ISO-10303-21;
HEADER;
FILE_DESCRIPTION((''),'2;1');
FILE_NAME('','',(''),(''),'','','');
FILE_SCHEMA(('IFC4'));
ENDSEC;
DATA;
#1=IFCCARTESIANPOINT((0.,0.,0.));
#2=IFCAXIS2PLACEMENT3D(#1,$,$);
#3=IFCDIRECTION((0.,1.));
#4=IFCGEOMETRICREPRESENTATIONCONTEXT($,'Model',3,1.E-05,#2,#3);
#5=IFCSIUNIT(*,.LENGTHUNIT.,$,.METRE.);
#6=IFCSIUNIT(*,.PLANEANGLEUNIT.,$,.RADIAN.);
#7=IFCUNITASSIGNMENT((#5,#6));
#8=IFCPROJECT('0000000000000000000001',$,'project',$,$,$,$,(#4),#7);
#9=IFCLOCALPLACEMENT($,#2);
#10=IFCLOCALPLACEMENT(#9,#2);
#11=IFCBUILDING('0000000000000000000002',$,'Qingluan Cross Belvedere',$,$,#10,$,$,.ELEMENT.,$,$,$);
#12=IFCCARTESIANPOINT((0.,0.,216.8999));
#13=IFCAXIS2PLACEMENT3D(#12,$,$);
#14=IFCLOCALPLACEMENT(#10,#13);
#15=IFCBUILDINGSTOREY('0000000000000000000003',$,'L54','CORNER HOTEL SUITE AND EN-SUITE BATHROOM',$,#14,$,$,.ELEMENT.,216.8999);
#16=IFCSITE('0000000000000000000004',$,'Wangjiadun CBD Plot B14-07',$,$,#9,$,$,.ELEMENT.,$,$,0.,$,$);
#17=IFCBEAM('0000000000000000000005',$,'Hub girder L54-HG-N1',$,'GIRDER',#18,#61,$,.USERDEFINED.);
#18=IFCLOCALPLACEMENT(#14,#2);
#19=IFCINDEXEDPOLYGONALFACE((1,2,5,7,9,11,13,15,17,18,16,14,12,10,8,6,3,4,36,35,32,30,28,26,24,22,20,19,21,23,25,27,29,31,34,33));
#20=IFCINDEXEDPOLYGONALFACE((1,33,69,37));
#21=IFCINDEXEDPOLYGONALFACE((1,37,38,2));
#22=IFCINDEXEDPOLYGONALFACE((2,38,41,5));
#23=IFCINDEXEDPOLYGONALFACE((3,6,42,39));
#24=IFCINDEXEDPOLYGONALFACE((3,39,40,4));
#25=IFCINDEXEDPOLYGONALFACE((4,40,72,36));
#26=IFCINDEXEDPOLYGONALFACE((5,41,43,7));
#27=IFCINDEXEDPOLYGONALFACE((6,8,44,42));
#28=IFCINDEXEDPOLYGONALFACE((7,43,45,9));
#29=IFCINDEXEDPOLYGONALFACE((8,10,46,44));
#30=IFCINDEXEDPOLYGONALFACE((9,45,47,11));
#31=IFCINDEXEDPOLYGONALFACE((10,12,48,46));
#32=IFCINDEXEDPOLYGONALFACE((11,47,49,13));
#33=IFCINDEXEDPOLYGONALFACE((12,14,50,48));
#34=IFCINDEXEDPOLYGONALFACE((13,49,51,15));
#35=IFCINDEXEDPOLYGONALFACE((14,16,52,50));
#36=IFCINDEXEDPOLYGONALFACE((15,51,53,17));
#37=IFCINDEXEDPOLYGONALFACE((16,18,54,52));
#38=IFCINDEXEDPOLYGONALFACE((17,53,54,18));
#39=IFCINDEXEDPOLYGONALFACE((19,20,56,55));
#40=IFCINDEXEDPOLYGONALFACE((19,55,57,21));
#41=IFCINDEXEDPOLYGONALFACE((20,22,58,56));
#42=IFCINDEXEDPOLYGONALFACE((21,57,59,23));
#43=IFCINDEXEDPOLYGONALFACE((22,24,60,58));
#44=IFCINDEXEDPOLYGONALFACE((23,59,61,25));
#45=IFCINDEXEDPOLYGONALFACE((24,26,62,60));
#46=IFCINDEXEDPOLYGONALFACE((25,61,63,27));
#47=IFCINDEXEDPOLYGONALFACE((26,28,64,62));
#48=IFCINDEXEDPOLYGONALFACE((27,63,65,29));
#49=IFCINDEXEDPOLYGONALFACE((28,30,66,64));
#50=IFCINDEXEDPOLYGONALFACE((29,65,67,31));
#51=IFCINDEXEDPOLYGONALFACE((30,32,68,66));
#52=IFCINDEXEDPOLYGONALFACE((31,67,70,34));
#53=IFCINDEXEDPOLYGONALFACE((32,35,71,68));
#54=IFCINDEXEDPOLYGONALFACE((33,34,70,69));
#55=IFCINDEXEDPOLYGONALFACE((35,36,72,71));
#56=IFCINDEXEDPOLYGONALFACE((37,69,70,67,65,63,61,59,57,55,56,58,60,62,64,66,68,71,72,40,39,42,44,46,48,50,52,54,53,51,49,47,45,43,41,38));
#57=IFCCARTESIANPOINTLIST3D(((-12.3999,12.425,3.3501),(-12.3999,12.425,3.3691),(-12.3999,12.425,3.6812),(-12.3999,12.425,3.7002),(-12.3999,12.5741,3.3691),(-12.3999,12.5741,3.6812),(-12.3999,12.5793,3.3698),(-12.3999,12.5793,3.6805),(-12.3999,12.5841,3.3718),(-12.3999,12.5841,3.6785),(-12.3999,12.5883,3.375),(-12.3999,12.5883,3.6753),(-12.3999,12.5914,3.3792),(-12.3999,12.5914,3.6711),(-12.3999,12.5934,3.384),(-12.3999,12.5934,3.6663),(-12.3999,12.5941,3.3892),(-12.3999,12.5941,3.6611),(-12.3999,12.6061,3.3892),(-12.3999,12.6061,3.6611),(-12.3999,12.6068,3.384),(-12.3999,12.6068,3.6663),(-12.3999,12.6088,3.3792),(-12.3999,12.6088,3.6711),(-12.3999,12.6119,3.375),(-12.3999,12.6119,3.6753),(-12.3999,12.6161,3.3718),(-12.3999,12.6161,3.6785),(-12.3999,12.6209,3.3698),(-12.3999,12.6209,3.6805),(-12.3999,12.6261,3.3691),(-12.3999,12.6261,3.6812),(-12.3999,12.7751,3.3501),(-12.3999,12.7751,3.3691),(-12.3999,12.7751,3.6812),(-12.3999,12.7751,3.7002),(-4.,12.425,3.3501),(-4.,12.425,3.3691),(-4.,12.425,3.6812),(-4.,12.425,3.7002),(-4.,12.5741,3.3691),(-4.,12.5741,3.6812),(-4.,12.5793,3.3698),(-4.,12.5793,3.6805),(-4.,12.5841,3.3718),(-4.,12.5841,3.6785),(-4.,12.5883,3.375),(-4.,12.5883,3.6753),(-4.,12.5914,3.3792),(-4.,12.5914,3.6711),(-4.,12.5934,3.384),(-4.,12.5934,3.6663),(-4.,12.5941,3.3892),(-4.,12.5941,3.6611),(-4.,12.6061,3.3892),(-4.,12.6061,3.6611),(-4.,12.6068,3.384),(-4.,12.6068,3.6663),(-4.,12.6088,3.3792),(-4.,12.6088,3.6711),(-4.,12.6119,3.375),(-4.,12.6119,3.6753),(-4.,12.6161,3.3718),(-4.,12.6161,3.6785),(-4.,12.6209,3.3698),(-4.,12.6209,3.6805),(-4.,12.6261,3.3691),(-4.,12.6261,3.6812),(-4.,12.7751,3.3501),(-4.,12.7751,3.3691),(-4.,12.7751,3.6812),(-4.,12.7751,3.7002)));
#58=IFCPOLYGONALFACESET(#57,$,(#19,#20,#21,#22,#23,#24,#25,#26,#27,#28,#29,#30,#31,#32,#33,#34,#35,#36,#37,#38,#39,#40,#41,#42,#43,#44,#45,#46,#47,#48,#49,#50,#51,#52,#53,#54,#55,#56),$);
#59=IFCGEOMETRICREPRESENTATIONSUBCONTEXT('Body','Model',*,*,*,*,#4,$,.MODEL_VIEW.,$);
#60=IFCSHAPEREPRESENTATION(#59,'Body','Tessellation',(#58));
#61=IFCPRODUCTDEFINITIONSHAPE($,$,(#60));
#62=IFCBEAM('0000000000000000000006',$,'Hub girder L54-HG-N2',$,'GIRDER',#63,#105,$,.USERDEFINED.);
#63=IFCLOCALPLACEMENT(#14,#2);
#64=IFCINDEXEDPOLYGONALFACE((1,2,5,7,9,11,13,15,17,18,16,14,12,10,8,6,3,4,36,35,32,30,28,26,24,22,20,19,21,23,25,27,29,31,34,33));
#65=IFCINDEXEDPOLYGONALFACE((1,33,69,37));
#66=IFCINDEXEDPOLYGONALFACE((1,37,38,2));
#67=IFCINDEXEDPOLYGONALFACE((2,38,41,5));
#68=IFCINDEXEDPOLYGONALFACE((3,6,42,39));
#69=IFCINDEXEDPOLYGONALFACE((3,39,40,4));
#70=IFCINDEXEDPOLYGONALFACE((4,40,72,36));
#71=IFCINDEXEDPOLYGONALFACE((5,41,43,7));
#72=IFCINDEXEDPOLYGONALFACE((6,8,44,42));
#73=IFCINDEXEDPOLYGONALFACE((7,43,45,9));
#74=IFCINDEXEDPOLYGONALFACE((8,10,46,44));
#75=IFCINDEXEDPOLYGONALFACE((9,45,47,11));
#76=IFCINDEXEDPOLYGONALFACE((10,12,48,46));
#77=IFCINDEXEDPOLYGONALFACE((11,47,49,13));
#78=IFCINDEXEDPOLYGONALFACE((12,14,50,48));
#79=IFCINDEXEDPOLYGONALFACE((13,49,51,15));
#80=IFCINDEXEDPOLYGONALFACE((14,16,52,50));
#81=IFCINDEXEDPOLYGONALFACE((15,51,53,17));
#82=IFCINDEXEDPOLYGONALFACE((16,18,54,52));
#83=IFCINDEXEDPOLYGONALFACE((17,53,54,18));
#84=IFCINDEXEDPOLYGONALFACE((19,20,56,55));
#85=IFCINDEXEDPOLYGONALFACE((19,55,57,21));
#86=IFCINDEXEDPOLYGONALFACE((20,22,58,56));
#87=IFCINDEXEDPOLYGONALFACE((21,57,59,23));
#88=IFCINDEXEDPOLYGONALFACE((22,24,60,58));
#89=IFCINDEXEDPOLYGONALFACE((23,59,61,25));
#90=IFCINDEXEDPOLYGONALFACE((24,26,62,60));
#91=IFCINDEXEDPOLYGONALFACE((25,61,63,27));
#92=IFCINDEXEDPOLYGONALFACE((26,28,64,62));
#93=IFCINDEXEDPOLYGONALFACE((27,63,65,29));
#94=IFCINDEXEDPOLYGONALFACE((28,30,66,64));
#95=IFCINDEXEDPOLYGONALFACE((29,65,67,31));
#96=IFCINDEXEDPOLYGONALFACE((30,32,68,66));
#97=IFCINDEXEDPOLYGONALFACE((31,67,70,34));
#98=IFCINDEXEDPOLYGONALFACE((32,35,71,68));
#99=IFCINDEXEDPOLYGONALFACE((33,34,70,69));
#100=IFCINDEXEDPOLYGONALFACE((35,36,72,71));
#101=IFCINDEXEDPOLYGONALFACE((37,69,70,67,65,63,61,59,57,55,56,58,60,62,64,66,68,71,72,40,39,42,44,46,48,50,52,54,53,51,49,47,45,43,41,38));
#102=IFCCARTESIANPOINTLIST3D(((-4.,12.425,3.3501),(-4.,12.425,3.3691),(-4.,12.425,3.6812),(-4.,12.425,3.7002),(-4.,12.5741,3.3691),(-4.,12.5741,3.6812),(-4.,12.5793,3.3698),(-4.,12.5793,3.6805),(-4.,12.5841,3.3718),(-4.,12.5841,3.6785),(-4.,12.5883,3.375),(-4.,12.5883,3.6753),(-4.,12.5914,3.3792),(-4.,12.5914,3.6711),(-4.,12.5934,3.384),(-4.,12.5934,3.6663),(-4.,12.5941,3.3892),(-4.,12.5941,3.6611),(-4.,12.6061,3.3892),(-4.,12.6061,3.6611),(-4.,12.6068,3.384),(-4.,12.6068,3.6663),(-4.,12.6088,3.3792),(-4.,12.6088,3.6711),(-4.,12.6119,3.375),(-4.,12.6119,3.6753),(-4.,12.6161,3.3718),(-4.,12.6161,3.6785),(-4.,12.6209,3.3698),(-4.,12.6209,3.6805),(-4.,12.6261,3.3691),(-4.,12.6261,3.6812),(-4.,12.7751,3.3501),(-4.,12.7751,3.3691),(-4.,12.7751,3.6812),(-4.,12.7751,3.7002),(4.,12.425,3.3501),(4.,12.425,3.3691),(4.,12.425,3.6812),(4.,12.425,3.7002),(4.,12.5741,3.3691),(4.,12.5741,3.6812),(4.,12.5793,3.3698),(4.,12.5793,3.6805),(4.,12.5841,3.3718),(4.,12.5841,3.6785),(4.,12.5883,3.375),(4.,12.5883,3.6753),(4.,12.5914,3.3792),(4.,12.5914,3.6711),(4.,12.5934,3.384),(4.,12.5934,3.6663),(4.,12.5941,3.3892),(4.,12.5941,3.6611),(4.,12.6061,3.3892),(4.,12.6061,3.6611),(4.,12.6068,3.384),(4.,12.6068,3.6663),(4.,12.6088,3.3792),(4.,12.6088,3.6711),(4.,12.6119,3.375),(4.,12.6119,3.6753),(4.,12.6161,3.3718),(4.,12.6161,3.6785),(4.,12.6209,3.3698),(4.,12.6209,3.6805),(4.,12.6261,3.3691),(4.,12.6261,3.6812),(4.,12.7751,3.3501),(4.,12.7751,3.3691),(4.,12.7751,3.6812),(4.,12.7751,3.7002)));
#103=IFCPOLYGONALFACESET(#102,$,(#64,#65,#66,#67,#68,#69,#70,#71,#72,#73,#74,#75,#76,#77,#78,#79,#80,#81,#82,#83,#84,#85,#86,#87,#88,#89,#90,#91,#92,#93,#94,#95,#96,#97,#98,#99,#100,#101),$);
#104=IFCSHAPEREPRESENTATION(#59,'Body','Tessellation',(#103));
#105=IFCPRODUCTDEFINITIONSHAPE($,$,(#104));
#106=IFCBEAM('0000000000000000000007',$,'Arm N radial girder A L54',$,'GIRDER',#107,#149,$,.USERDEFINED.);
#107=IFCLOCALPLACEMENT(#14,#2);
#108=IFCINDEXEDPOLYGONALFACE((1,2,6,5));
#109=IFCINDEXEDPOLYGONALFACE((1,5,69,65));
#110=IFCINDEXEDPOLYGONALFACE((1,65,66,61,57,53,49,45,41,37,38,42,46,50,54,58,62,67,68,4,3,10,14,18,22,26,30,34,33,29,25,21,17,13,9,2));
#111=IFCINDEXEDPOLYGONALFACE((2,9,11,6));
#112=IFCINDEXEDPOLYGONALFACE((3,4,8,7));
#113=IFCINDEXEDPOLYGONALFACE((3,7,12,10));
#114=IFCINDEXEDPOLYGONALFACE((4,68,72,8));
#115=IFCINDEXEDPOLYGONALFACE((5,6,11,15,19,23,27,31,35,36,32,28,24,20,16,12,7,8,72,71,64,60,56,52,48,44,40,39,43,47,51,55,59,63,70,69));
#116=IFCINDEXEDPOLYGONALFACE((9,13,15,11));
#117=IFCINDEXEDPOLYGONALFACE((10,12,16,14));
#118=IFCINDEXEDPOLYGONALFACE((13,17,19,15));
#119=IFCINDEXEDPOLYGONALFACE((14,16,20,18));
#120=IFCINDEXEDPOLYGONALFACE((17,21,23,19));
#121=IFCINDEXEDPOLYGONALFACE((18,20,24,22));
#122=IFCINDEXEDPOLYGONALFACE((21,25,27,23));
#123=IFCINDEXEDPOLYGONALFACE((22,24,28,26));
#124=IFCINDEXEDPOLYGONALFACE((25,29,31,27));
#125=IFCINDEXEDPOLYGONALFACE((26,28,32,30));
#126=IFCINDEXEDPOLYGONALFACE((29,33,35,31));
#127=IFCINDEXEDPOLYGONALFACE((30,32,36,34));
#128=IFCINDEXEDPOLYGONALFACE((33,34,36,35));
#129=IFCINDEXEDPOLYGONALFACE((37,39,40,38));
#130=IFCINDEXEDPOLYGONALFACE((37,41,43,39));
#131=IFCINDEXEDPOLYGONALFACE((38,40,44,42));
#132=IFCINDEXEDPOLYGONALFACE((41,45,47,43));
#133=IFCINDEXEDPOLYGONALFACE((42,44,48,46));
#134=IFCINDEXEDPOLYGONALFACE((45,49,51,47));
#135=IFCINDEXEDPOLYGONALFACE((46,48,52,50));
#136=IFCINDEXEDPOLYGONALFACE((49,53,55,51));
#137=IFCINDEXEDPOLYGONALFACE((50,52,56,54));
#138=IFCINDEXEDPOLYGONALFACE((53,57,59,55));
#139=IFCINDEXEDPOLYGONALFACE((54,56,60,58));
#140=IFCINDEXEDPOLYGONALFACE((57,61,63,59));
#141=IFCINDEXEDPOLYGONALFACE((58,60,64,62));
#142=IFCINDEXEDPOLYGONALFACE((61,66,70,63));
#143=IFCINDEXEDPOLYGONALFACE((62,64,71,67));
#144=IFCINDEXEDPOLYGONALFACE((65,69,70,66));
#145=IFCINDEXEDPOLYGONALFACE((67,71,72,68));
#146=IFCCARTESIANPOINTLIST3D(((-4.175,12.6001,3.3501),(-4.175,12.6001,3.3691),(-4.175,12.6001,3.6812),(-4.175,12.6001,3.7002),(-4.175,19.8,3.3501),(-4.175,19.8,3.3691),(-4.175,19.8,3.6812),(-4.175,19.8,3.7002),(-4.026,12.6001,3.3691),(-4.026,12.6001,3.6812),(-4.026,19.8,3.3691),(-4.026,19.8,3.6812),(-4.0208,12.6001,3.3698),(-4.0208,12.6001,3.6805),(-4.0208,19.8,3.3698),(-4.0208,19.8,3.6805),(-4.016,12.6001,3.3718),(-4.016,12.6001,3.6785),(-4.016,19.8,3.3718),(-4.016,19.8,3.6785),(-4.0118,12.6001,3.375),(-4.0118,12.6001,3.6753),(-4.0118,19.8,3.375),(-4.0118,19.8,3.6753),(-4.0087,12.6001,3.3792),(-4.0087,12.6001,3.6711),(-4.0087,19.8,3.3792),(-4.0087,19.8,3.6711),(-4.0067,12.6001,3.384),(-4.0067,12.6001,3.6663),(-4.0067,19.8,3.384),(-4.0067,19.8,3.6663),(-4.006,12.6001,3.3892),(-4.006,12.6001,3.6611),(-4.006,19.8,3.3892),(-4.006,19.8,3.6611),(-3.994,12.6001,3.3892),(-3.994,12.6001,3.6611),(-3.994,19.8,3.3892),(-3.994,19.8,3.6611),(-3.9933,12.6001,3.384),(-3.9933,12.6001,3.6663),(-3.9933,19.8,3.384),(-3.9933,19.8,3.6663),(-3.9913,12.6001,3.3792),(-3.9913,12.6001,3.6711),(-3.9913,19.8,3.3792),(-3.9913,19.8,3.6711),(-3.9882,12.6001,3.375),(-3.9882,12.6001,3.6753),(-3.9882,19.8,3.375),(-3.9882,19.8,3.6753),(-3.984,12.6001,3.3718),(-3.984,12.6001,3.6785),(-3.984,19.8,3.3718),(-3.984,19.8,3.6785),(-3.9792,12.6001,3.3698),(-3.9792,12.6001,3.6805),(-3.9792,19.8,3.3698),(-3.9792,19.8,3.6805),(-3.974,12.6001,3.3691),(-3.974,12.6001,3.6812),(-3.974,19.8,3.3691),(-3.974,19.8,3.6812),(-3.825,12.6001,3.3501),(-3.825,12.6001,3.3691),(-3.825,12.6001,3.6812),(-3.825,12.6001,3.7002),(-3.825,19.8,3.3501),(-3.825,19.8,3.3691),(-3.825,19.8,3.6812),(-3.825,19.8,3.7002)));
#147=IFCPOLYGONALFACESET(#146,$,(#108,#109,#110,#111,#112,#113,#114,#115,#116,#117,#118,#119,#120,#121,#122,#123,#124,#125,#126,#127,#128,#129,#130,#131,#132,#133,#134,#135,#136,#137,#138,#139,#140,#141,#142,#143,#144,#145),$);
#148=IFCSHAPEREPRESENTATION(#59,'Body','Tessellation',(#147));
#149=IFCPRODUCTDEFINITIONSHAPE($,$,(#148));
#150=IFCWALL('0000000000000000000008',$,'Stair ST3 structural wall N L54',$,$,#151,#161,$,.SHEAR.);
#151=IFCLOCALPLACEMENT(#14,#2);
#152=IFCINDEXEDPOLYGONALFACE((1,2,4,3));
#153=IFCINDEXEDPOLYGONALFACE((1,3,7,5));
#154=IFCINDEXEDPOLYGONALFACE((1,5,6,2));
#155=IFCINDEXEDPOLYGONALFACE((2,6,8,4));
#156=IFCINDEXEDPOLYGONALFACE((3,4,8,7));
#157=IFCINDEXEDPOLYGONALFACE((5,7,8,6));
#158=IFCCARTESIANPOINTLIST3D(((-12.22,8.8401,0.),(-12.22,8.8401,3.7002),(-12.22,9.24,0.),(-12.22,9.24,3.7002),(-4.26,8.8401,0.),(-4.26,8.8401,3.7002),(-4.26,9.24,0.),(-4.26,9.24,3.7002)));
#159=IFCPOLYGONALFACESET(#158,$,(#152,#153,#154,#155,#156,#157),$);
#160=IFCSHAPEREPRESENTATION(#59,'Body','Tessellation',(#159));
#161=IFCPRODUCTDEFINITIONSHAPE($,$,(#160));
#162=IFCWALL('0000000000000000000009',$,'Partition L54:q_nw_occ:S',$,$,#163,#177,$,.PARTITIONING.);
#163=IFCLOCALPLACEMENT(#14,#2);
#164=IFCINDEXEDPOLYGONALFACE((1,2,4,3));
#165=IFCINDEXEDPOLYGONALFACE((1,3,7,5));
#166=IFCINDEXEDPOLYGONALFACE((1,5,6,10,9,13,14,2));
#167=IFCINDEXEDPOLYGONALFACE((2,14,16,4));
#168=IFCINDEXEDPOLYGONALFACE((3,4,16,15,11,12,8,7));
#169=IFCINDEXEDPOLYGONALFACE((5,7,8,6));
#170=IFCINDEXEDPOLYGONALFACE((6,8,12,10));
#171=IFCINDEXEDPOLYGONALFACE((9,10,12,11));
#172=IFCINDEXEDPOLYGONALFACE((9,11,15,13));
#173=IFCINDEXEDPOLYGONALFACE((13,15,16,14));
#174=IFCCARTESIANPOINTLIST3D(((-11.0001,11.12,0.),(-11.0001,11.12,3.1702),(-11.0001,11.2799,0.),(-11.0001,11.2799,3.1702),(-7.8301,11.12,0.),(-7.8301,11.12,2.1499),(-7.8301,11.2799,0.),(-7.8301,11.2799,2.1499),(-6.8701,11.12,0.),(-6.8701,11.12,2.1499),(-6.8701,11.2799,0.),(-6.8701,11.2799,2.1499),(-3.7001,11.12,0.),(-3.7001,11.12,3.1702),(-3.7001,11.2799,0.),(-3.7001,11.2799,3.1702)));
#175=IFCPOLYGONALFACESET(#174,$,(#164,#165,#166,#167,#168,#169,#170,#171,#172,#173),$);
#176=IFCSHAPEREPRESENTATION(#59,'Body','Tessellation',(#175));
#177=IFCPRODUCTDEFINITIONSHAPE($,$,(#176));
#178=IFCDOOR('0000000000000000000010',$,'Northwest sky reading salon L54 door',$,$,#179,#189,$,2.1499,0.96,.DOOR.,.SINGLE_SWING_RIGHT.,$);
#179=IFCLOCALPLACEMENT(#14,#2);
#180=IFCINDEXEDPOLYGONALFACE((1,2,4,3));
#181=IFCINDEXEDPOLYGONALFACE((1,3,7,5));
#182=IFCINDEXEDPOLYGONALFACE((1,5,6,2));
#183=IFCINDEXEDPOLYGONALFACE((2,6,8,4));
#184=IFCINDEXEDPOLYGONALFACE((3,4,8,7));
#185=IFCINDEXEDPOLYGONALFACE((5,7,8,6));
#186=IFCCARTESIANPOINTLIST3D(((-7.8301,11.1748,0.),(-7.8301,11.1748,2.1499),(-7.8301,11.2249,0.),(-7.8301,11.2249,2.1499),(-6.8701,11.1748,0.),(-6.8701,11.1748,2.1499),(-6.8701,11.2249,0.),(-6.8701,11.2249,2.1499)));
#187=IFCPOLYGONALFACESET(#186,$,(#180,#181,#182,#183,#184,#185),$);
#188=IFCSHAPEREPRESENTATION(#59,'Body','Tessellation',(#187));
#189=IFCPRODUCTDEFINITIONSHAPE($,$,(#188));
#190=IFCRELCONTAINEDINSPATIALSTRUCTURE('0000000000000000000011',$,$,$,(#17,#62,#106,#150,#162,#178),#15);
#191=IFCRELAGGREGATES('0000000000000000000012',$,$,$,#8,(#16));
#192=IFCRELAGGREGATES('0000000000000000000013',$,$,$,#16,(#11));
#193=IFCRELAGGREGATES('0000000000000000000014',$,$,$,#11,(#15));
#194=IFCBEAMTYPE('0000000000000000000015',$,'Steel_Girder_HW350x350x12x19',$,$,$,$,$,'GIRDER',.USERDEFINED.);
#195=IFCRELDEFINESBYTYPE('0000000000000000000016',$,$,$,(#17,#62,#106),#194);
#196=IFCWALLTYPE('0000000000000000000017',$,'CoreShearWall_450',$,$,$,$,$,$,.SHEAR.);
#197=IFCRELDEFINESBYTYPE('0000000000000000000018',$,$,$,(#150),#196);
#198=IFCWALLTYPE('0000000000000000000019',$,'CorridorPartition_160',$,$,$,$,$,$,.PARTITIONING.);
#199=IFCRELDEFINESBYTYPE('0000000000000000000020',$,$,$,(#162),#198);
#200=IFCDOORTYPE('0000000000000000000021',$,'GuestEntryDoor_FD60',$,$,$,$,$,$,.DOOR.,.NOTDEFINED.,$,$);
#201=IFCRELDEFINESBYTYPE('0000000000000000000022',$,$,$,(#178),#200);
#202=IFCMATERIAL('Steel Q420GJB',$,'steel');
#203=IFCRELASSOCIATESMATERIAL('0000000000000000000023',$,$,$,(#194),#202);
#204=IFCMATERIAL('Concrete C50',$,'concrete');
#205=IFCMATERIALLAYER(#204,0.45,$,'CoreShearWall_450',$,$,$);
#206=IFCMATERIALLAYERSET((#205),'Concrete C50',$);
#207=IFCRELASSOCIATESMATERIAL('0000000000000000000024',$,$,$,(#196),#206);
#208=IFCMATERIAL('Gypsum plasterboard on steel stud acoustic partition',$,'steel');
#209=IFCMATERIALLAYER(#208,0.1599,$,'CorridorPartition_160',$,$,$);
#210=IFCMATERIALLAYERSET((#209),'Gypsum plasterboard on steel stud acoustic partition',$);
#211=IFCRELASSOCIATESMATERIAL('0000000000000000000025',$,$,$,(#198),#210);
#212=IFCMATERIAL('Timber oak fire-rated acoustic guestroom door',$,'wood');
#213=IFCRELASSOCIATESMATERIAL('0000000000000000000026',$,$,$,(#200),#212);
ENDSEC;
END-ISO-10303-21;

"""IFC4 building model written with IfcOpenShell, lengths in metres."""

from ifc_helpers import new_model, si_unit, direction, frame, frame_2d, origin, origin_2d, place, context, subcontext, project, spatial, rectangle, i_section, extrude, material, layer, layer_set, material_profile, profile_set, type_object, element, fill, save


model = new_model("IFC4")

# Units and contexts
model_context = context("Model", 3, precision=1e-05, world=origin(), true_north=direction((0.0, 1.0)))
body_context = subcontext(model_context, "Body", "Model", "MODEL_VIEW")
ifc_project = project(units=[si_unit("LENGTHUNIT", "METRE"), si_unit("PLANEANGLEUNIT", "RADIAN")], contexts=[model_context])

# Site, building, storey
site_placement = place(None, origin())
site = spatial("IfcSite", under=ifc_project, at=site_placement, Name="Wangjiadun CBD Plot B14-07", CompositionType="ELEMENT", RefElevation=0.0)
building_placement = place(site_placement, origin())
building = spatial("IfcBuilding", under=site, at=building_placement, Name="Qingluan Cross Belvedere", CompositionType="ELEMENT")
storey_placement = place(building_placement, frame((0.0, 0.0, 216.8999)))
storey = spatial("IfcBuildingStorey", under=building, at=storey_placement, Name="L54", Description="CORNER HOTEL SUITE AND EN-SUITE BATHROOM", CompositionType="ELEMENT", Elevation=216.8999)

# Beams
ifc_material_1 = material(Name="Steel Q420GJB", Category="steel")
ifc_material_profile_1 = material_profile(ifc_material_1, i_section(OverallWidth=0.3501, OverallDepth=0.3501, WebThickness=0.012, FlangeThickness=0.019, FilletRadius=0.02, at=origin_2d()), Name="HW350x350x12x19")
ifc_profile_set_1 = profile_set([ifc_material_profile_1], Name="Steel Q420GJB")
beam_type_1 = type_object("IfcBeamType", Name="Steel_Girder_HW350x350x12x19", ElementType="GIRDER", PredefinedType="USERDEFINED", material=ifc_profile_set_1)
beam_1_placement = place(storey_placement, frame((-12.3999, 12.6001, 3.5251), z_axis=(1.0, 0.0, 0.0), x_axis=(0.0, 1.0, 0.0)))
element("IfcBeam", 1, at=beam_1_placement, inside=storey, type_object=beam_type_1, Name="Hub girder L54-HG-N1", ObjectType="GIRDER", PredefinedType="USERDEFINED", context=body_context, shape_type="SweptSolid", body=[
    extrude(i_section(OverallWidth=0.3501, OverallDepth=0.3501, WebThickness=0.012, FlangeThickness=0.019, FilletRadius=0.02, at=origin_2d()), origin(), (0.0, 0.0, 1.0), 8.3999),
])
beam_2_placement = place(storey_placement, frame((-4.0, 12.6001, 3.5251), z_axis=(1.0, 0.0, 0.0), x_axis=(0.0, 1.0, 0.0)))
element("IfcBeam", 2, at=beam_2_placement, inside=storey, type_object=beam_type_1, Name="Hub girder L54-HG-N2", ObjectType="GIRDER", PredefinedType="USERDEFINED", context=body_context, shape_type="SweptSolid", body=[
    extrude(i_section(OverallWidth=0.3501, OverallDepth=0.3501, WebThickness=0.012, FlangeThickness=0.019, FilletRadius=0.02, at=origin_2d()), origin(), (0.0, 0.0, 1.0), 8.0),
])
beam_3_placement = place(storey_placement, frame((-4.0, 12.6001, 3.5251), z_axis=(0.0, 1.0, 0.0), x_axis=(-1.0, 0.0, 0.0)))
element("IfcBeam", 3, at=beam_3_placement, inside=storey, type_object=beam_type_1, Name="Arm N radial girder A L54", ObjectType="GIRDER", PredefinedType="USERDEFINED", context=body_context, shape_type="SweptSolid", body=[
    extrude(i_section(OverallWidth=0.3501, OverallDepth=0.3501, WebThickness=0.012, FlangeThickness=0.019, FilletRadius=0.02, at=origin_2d()), origin(), (0.0, 0.0, 1.0), 7.2),
])

# Wall
ifc_material_2 = material(Name="Concrete C50", Category="concrete")
ifc_layer_1 = layer(ifc_material_2, 0.45, Name="CoreShearWall_450")
ifc_layer_set_1 = layer_set([ifc_layer_1], Name="Concrete C50")
wall_type_1 = type_object("IfcWallType", Name="CoreShearWall_450", PredefinedType="SHEAR", material=ifc_layer_set_1)
wall_1_placement = place(storey_placement, frame((-12.22, 9.04, 0.0), z_axis=(0.0, 0.0, 1.0), x_axis=(1.0, 0.0, 0.0)))
element("IfcWall", 4, at=wall_1_placement, inside=storey, type_object=wall_type_1, Name="Stair ST3 structural wall N L54", PredefinedType="SHEAR", context=body_context, shape_type="SweptSolid", body=[
    extrude(rectangle(XDim=7.96, YDim=0.3999, at=frame_2d((3.98, 0.0))), origin(), (0.0, 0.0, 1.0), 3.7002),
])

# Wall, opening, door
ifc_material_3 = material(Name="Gypsum plasterboard on steel stud acoustic partition", Category="steel")
ifc_layer_2 = layer(ifc_material_3, 0.1599, Name="CorridorPartition_160")
ifc_layer_set_2 = layer_set([ifc_layer_2], Name="Gypsum plasterboard on steel stud acoustic partition")
wall_type_2 = type_object("IfcWallType", Name="CorridorPartition_160", PredefinedType="PARTITIONING", material=ifc_layer_set_2)
wall_2_placement = place(storey_placement, frame((-11.0, 11.2, 0.0), z_axis=(0.0, 0.0, 1.0), x_axis=(1.0, 0.0, 0.0)))
wall_2 = element("IfcWall", 5, at=wall_2_placement, inside=storey, type_object=wall_type_2, Name="Partition L54:q_nw_occ:S", PredefinedType="PARTITIONING", context=body_context, shape_type="SweptSolid", body=[
    extrude(rectangle(XDim=7.3, YDim=0.1599, at=frame_2d((3.6499, 0.0))), origin(), (0.0, 0.0, 1.0), 3.1702),
])
opening_placement = place(wall_2_placement, frame((3.1699, 0.0, 0.0)))
opening = element("IfcOpeningElement", 6, at=opening_placement, cuts=wall_2, PredefinedType="OPENING", context=body_context, shape_type="SweptSolid", body=[
    extrude(rectangle(XDim=0.96, YDim=2.1499, at=frame_2d((0.48, 1.075))), frame((0.0, 0.0898, 0.0), z_axis=(0.0, -1.0, 0.0), x_axis=(1.0, 0.0, 0.0)), (0.0, 0.0, 1.0), 0.1799),
])
ifc_material_4 = material(Name="Timber oak fire-rated acoustic guestroom door", Category="wood")
door_type = type_object("IfcDoorType", Name="GuestEntryDoor_FD60", OperationType="NOTDEFINED", PredefinedType="DOOR", material=ifc_material_4)
door_placement = place(opening_placement, origin())
door = element("IfcDoor", 7, at=door_placement, inside=storey, type_object=door_type, Name="Northwest sky reading salon L54 door", OperationType="SINGLE_SWING_RIGHT", OverallHeight=2.1499, OverallWidth=0.96, PredefinedType="DOOR", context=body_context, shape_type="SweptSolid", body=[
    extrude(rectangle(XDim=0.96, YDim=2.1499, at=frame_2d((0.48, 1.075))), frame((0.0, 0.0249, 0.0), z_axis=(0.0, -1.0, 0.0), x_axis=(1.0, 0.0, 0.0)), (0.0, 0.0, 1.0), 0.05),
])
fill(opening, door)

save(model, "model.ifc")
